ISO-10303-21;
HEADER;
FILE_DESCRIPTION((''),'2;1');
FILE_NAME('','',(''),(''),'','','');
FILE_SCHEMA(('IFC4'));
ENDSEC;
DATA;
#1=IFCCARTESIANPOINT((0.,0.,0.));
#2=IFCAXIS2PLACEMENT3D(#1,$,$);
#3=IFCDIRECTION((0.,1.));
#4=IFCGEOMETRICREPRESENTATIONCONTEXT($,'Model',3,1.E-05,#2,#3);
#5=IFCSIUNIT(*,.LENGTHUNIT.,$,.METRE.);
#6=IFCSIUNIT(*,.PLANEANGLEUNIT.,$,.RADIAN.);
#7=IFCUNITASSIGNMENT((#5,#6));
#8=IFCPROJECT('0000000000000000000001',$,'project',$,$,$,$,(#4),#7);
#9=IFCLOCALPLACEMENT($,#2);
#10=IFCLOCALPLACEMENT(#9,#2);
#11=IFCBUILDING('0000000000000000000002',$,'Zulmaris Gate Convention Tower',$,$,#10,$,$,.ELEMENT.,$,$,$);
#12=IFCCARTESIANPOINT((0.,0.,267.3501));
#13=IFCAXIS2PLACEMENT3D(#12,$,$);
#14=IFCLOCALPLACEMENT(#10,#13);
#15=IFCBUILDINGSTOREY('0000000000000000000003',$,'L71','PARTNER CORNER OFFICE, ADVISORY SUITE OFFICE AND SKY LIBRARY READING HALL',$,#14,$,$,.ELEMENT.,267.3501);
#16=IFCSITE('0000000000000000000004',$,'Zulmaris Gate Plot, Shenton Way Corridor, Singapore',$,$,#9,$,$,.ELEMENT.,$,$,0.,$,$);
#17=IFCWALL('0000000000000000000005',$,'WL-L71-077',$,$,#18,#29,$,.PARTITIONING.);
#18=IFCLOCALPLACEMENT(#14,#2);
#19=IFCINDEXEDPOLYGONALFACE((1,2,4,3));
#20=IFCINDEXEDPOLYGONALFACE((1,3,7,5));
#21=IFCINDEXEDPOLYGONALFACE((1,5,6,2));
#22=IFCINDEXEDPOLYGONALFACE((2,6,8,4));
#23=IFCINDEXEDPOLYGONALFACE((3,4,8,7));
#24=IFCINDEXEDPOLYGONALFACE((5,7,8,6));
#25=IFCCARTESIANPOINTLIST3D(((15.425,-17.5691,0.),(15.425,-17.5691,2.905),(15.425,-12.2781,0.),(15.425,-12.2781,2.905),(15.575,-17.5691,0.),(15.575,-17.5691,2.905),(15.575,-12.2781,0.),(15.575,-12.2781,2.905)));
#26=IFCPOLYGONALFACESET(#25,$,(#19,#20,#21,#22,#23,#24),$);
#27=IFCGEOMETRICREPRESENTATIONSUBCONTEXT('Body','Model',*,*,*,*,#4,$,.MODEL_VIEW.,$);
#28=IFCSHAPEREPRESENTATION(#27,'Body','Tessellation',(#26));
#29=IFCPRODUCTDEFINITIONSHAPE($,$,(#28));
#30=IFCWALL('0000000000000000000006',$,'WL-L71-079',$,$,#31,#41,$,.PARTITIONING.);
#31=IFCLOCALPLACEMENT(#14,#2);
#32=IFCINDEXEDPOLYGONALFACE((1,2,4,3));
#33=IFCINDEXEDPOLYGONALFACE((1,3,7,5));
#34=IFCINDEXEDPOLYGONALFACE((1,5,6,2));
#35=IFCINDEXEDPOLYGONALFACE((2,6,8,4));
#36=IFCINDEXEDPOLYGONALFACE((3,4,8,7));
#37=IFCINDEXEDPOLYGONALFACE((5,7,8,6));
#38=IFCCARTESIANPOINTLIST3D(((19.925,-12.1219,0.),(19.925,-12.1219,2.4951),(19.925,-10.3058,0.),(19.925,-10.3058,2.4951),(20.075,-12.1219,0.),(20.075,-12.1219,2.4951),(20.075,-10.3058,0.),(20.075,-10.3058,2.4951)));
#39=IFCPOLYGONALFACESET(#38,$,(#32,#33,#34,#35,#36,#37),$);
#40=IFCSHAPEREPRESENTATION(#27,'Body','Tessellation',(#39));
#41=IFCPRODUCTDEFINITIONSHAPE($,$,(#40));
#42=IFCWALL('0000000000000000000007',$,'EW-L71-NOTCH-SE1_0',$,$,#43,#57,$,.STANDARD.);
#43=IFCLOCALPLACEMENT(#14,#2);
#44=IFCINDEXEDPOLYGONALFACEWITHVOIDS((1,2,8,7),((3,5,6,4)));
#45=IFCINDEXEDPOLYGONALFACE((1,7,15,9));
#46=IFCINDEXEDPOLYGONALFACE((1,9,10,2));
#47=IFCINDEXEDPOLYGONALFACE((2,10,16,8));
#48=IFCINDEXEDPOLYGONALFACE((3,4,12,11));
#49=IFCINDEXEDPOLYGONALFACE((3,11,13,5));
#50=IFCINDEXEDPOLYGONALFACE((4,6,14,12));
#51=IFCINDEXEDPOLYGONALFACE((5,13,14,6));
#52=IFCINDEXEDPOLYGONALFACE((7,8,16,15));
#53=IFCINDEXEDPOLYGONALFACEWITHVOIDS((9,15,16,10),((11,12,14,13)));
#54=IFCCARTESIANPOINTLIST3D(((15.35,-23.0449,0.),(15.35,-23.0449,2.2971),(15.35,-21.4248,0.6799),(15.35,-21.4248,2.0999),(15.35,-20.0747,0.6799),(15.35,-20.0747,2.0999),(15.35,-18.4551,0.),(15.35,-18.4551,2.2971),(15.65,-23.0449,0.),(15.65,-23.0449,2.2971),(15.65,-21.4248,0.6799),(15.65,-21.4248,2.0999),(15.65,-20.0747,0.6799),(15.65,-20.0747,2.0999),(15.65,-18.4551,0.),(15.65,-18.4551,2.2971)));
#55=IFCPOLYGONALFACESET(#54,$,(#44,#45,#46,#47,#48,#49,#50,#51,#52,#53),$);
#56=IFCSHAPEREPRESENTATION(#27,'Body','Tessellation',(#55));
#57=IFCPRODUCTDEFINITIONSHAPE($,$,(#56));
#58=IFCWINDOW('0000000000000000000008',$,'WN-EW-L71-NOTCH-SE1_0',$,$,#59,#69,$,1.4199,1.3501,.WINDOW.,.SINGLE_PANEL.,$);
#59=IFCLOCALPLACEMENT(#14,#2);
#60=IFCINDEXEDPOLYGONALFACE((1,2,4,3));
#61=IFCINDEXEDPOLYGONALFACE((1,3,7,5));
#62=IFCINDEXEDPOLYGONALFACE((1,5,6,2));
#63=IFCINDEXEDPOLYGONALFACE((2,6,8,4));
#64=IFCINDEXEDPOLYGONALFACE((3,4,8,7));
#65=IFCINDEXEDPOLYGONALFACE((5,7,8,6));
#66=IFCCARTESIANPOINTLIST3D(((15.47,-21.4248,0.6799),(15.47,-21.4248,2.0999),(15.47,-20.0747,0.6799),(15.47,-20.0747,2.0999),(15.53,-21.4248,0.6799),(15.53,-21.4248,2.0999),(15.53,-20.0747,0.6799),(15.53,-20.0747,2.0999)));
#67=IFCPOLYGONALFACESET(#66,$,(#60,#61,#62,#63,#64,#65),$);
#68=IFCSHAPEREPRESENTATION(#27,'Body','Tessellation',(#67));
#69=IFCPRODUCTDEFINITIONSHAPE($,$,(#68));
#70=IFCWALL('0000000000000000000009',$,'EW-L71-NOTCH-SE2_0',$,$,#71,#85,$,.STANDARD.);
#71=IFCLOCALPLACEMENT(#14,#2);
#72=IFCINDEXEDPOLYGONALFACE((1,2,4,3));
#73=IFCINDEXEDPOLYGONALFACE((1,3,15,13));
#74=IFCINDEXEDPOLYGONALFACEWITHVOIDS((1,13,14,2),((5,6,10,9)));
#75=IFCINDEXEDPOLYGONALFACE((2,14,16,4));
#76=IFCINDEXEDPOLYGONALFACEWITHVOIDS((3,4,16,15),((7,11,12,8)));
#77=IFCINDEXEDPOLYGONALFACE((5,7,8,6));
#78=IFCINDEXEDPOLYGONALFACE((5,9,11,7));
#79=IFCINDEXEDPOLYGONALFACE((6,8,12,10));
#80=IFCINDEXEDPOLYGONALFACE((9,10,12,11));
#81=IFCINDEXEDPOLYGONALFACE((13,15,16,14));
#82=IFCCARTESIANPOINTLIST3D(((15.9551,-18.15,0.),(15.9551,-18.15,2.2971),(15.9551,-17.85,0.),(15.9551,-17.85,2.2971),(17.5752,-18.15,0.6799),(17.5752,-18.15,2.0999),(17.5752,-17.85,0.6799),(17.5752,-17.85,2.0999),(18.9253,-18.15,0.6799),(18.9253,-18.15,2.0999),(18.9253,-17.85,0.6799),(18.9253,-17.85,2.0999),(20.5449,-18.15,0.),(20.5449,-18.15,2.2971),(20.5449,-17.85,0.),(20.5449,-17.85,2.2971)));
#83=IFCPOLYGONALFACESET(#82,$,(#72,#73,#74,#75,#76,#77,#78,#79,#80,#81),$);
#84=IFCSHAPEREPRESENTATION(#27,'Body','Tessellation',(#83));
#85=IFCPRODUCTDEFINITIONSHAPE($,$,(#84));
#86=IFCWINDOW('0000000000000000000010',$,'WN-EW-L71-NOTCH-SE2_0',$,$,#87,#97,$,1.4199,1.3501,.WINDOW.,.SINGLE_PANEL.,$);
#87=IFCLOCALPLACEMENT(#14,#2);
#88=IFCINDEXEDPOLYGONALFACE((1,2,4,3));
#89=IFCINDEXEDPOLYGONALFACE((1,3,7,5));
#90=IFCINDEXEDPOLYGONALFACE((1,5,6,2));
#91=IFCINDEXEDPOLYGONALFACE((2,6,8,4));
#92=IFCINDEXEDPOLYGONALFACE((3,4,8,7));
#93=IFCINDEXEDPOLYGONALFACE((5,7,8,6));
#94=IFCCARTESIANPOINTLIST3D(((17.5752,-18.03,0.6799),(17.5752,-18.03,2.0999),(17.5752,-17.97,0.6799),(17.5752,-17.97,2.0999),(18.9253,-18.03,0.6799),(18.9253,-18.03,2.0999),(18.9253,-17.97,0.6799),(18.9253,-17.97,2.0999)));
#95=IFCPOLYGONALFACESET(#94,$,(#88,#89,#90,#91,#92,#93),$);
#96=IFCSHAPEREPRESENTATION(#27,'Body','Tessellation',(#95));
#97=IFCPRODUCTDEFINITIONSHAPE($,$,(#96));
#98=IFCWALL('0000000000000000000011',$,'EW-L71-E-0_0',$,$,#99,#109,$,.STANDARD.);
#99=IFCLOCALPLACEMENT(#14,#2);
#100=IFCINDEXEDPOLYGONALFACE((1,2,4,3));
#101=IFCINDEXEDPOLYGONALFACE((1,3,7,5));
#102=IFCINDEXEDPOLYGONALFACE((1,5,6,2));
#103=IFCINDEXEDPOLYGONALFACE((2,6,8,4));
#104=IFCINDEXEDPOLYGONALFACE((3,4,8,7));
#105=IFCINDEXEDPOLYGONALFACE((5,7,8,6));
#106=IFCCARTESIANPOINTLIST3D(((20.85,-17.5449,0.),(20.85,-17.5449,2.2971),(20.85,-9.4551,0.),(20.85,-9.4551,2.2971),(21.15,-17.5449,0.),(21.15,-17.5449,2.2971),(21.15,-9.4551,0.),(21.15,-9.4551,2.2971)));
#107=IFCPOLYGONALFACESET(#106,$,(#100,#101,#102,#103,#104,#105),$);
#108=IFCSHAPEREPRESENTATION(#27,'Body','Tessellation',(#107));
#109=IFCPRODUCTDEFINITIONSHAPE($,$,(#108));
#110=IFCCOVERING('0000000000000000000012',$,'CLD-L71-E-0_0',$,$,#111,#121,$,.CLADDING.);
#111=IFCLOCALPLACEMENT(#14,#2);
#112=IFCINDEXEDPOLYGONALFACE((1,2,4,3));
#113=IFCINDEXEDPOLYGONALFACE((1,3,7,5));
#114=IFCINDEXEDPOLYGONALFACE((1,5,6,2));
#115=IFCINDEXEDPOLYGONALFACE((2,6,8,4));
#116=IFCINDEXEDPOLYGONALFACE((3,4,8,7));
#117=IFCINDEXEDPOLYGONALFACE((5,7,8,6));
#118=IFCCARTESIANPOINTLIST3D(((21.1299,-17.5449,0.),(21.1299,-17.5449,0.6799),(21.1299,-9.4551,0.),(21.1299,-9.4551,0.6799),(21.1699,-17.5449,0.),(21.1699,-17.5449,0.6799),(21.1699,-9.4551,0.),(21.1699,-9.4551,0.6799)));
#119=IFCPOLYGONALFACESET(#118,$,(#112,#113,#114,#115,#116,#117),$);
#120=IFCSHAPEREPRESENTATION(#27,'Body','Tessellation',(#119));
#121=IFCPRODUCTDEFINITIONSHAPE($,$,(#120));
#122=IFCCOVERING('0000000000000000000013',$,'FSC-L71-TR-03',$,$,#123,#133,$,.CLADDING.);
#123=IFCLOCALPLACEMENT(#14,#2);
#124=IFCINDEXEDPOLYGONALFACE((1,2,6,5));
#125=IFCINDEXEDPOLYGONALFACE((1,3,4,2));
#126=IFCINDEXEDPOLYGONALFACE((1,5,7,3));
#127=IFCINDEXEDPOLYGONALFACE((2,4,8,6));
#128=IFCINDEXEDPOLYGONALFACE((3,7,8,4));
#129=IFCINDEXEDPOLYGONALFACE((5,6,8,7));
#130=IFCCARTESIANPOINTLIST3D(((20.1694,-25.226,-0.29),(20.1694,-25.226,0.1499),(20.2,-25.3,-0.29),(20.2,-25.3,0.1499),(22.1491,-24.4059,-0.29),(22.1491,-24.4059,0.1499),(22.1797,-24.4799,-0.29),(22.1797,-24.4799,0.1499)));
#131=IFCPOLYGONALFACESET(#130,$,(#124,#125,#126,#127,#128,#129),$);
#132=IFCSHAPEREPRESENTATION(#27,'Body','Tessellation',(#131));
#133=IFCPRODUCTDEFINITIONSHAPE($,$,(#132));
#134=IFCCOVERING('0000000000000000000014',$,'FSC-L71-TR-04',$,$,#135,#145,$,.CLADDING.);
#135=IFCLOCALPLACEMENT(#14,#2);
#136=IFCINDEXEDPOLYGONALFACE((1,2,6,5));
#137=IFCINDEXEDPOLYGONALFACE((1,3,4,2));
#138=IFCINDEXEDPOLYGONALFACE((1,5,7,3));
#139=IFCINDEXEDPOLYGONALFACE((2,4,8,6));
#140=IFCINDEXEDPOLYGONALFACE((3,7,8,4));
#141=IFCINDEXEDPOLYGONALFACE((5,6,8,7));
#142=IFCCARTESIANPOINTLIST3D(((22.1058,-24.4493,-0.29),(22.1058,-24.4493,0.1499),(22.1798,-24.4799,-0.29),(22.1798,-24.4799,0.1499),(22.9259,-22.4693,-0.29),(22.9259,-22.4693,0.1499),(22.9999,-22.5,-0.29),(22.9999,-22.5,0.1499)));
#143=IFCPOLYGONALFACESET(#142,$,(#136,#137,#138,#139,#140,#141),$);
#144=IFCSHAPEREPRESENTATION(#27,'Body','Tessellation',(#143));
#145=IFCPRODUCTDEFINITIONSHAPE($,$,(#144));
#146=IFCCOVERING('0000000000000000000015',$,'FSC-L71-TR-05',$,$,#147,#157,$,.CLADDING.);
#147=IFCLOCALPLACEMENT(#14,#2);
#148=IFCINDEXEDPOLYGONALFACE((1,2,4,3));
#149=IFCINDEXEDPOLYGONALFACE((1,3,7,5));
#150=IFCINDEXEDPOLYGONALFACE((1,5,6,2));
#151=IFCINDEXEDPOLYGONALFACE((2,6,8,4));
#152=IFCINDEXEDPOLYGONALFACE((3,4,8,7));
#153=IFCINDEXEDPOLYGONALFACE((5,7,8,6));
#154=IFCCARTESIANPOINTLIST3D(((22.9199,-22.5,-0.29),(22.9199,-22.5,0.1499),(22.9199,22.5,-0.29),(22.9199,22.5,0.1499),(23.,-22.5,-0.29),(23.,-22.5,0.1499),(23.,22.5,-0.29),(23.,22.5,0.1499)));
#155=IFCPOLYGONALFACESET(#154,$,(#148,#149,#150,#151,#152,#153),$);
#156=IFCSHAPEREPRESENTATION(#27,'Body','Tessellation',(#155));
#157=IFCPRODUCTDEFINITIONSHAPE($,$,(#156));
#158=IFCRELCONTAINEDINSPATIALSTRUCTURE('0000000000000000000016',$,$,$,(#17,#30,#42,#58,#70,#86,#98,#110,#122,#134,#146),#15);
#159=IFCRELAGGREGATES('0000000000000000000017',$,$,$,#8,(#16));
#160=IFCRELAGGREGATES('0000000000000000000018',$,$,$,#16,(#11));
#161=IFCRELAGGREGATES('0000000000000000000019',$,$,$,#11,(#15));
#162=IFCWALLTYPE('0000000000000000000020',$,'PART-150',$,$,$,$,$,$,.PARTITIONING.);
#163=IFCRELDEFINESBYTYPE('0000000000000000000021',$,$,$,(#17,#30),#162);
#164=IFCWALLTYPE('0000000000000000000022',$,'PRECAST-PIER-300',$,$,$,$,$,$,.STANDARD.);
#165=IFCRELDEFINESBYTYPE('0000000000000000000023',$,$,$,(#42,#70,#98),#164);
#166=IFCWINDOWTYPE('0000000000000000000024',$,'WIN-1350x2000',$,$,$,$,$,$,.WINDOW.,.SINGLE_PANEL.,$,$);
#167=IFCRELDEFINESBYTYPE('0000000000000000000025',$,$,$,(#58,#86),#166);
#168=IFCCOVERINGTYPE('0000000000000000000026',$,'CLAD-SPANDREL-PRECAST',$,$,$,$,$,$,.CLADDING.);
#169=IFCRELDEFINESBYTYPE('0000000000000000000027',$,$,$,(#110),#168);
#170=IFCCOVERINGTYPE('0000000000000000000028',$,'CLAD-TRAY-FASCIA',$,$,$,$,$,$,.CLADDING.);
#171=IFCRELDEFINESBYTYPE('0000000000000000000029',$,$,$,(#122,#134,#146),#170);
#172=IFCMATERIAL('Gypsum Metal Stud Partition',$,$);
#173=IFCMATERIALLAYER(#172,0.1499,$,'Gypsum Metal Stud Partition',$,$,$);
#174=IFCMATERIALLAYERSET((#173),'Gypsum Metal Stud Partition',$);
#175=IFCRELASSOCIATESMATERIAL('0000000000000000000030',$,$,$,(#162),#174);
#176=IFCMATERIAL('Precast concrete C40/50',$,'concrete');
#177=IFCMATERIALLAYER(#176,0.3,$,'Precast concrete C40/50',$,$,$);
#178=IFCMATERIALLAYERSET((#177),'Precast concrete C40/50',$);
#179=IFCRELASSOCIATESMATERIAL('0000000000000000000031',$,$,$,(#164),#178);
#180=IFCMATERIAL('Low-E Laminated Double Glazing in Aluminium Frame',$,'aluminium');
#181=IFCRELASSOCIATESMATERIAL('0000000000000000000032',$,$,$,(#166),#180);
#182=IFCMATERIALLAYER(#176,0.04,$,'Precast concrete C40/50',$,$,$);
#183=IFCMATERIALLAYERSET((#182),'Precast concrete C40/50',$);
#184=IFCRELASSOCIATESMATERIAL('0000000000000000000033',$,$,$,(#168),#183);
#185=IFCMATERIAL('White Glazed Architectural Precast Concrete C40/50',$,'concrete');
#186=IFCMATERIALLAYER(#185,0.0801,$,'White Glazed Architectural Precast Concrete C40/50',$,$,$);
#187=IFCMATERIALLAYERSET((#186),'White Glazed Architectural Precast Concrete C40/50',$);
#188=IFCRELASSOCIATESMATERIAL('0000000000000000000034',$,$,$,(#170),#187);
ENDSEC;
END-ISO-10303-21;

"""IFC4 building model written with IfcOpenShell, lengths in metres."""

from ifc_helpers import new_model, si_unit, direction, frame, frame_2d, origin, place, context, subcontext, project, spatial, rectangle, extrude, material, layer, layer_set, type_object, element, fill, save


model = new_model("IFC4")

# Units and contexts
model_context = context("Model", 3, precision=1e-05, world=origin(), true_north=direction((0.0, 1.0)))
body_context = subcontext(model_context, "Body", "Model", "MODEL_VIEW")
ifc_project = project(units=[si_unit("LENGTHUNIT", "METRE"), si_unit("PLANEANGLEUNIT", "RADIAN")], contexts=[model_context])

# Site, building, storey
site_placement = place(None, origin())
site = spatial("IfcSite", under=ifc_project, at=site_placement, Name="Zulmaris Gate Plot, Shenton Way Corridor, Singapore", CompositionType="ELEMENT", RefElevation=0.0)
building_placement = place(site_placement, origin())
building = spatial("IfcBuilding", under=site, at=building_placement, Name="Zulmaris Gate Convention Tower", CompositionType="ELEMENT")
storey_placement = place(building_placement, frame((0.0, 0.0, 267.3501)))
storey = spatial("IfcBuildingStorey", under=building, at=storey_placement, Name="L71", Description="PARTNER CORNER OFFICE, ADVISORY SUITE OFFICE AND SKY LIBRARY READING HALL", CompositionType="ELEMENT", Elevation=267.3501)

# Walls
ifc_material_1 = material(Name="Gypsum Metal Stud Partition")
ifc_layer_1 = layer(ifc_material_1, 0.1499, Name="Gypsum Metal Stud Partition")
ifc_layer_set_1 = layer_set([ifc_layer_1], Name="Gypsum Metal Stud Partition")
wall_type_1 = type_object("IfcWallType", Name="PART-150", PredefinedType="PARTITIONING", material=ifc_layer_set_1)
wall_1_placement = place(storey_placement, frame((15.5, -17.5691, 0.0), z_axis=(0.0, 0.0, 1.0), x_axis=(0.0, 1.0, 0.0)))
element("IfcWall", 1, at=wall_1_placement, inside=storey, type_object=wall_type_1, Name="WL-L71-077", PredefinedType="PARTITIONING", context=body_context, shape_type="SweptSolid", body=[
    extrude(rectangle(XDim=5.291, YDim=0.1499, at=frame_2d((2.6455, 0.0))), origin(), (0.0, 0.0, 1.0), 2.905),
])
wall_2_placement = place(storey_placement, frame((20.0, -12.1221, 0.0), z_axis=(0.0, 0.0, 1.0), x_axis=(0.0, 1.0, 0.0)))
element("IfcWall", 2, at=wall_2_placement, inside=storey, type_object=wall_type_1, Name="WL-L71-079", PredefinedType="PARTITIONING", context=body_context, shape_type="SweptSolid", body=[
    extrude(rectangle(XDim=1.8162, YDim=0.1499, at=frame_2d((0.9082, 0.0))), origin(), (0.0, 0.0, 1.0), 2.4951),
])

# Walls, openings, windows
ifc_material_2 = material(Name="Precast concrete C40/50", Category="concrete")
ifc_layer_2 = layer(ifc_material_2, 0.3, Name="Precast concrete C40/50")
ifc_layer_set_2 = layer_set([ifc_layer_2], Name="Precast concrete C40/50")
wall_type_2 = type_object("IfcWallType", Name="PRECAST-PIER-300", PredefinedType="STANDARD", material=ifc_layer_set_2)
wall_3_placement = place(storey_placement, frame((15.5, -23.0449, 0.0), z_axis=(0.0, 0.0, 1.0), x_axis=(0.0, 1.0, 0.0)))
wall_3 = element("IfcWall", 3, at=wall_3_placement, inside=storey, type_object=wall_type_2, Name="EW-L71-NOTCH-SE1_0", PredefinedType="STANDARD", context=body_context, shape_type="SweptSolid", body=[
    extrude(rectangle(XDim=4.5898, YDim=0.3, at=frame_2d((2.2949, 0.0))), origin(), (0.0, 0.0, 1.0), 2.2971),
])
opening_1_placement = place(wall_3_placement, frame((1.6201, 0.0, 0.6799)))
opening_1 = element("IfcOpeningElement", 4, at=opening_1_placement, cuts=wall_3, PredefinedType="OPENING", context=body_context, shape_type="SweptSolid", body=[
    extrude(rectangle(XDim=1.3501, YDim=1.4199, at=frame_2d((0.675, 0.71))), frame((0.0, 0.1602, 0.0), z_axis=(0.0, -1.0, 0.0), x_axis=(1.0, 0.0, 0.0)), (0.0, 0.0, 1.0), 0.3201),
])
ifc_material_3 = material(Name="Low-E Laminated Double Glazing in Aluminium Frame", Category="aluminium")
window_type = type_object("IfcWindowType", Name="WIN-1350x2000", PartitioningType="SINGLE_PANEL", PredefinedType="WINDOW", material=ifc_material_3)
window_1_placement = place(opening_1_placement, origin())
window_1 = element("IfcWindow", 5, at=window_1_placement, inside=storey, type_object=window_type, Name="WN-EW-L71-NOTCH-SE1_0", OverallHeight=1.4199, OverallWidth=1.3501, PartitioningType="SINGLE_PANEL", PredefinedType="WINDOW", context=body_context, shape_type="SweptSolid", body=[
    extrude(rectangle(XDim=1.3501, YDim=1.4199, at=frame_2d((0.675, 0.71))), frame((0.0, 0.03, 0.0), z_axis=(0.0, -1.0, 0.0), x_axis=(1.0, 0.0, 0.0)), (0.0, 0.0, 1.0), 0.0601),
])
fill(opening_1, window_1)
wall_4_placement = place(storey_placement, frame((15.9551, -18.0, 0.0), z_axis=(0.0, 0.0, 1.0), x_axis=(1.0, 0.0, 0.0)))
wall_4 = element("IfcWall", 6, at=wall_4_placement, inside=storey, type_object=wall_type_2, Name="EW-L71-NOTCH-SE2_0", PredefinedType="STANDARD", context=body_context, shape_type="SweptSolid", body=[
    extrude(rectangle(XDim=4.5898, YDim=0.3, at=frame_2d((2.2949, 0.0))), origin(), (0.0, 0.0, 1.0), 2.2971),
])
opening_2_placement = place(wall_4_placement, frame((1.6201, 0.0, 0.6799)))
opening_2 = element("IfcOpeningElement", 7, at=opening_2_placement, cuts=wall_4, PredefinedType="OPENING", context=body_context, shape_type="SweptSolid", body=[
    extrude(rectangle(XDim=1.3501, YDim=1.4199, at=frame_2d((0.675, 0.71))), frame((0.0, 0.1602, 0.0), z_axis=(0.0, -1.0, 0.0), x_axis=(1.0, 0.0, 0.0)), (0.0, 0.0, 1.0), 0.3201),
])
window_2_placement = place(opening_2_placement, origin())
window_2 = element("IfcWindow", 8, at=window_2_placement, inside=storey, type_object=window_type, Name="WN-EW-L71-NOTCH-SE2_0", OverallHeight=1.4199, OverallWidth=1.3501, PartitioningType="SINGLE_PANEL", PredefinedType="WINDOW", context=body_context, shape_type="SweptSolid", body=[
    extrude(rectangle(XDim=1.3501, YDim=1.4199, at=frame_2d((0.675, 0.71))), frame((0.0, 0.03, 0.0), z_axis=(0.0, -1.0, 0.0), x_axis=(1.0, 0.0, 0.0)), (0.0, 0.0, 1.0), 0.0601),
])
fill(opening_2, window_2)

# Wall
wall_5_placement = place(storey_placement, frame((21.0, -17.5449, 0.0), z_axis=(0.0, 0.0, 1.0), x_axis=(0.0, 1.0, 0.0)))
element("IfcWall", 9, at=wall_5_placement, inside=storey, type_object=wall_type_2, Name="EW-L71-E-0_0", PredefinedType="STANDARD", context=body_context, shape_type="SweptSolid", body=[
    extrude(rectangle(XDim=8.0898, YDim=0.3, at=frame_2d((4.0449, 0.0))), origin(), (0.0, 0.0, 1.0), 2.2971),
])

# Coverings
ifc_layer_3 = layer(ifc_material_2, 0.04, Name="Precast concrete C40/50")
ifc_layer_set_3 = layer_set([ifc_layer_3], Name="Precast concrete C40/50")
covering_type_1 = type_object("IfcCoveringType", Name="CLAD-SPANDREL-PRECAST", PredefinedType="CLADDING", material=ifc_layer_set_3)
covering_1_placement = place(storey_placement, frame((21.1499, -17.5449, 0.0), z_axis=(0.0, 0.0, 1.0), x_axis=(0.0, 1.0, 0.0)))
element("IfcCovering", 10, at=covering_1_placement, inside=storey, type_object=covering_type_1, Name="CLD-L71-E-0_0", PredefinedType="CLADDING", context=body_context, shape_type="SweptSolid", body=[
    extrude(rectangle(XDim=8.0898, YDim=0.04, at=frame_2d((4.0449, 0.0))), origin(), (0.0, 0.0, 1.0), 0.6799),
])
ifc_material_4 = material(Name="White Glazed Architectural Precast Concrete C40/50", Category="concrete")
ifc_layer_4 = layer(ifc_material_4, 0.0801, Name="White Glazed Architectural Precast Concrete C40/50")
ifc_layer_set_4 = layer_set([ifc_layer_4], Name="White Glazed Architectural Precast Concrete C40/50")
covering_type_2 = type_object("IfcCoveringType", Name="CLAD-TRAY-FASCIA", PredefinedType="CLADDING", material=ifc_layer_set_4)
covering_2_placement = place(storey_placement, frame((20.1848, -25.2629, -0.29), z_axis=(0.0, 0.0, 1.0), x_axis=(0.923874, 0.382697, 0.0)))
element("IfcCovering", 11, at=covering_2_placement, inside=storey, type_object=covering_type_2, Name="FSC-L71-TR-03", PredefinedType="CLADDING", context=body_context, shape_type="SweptSolid", body=[
    extrude(rectangle(XDim=2.1428, YDim=0.0801, at=frame_2d((1.0713, 0.0))), origin(), (0.0, 0.0, 1.0), 0.4399),
])
covering_3_placement = place(storey_placement, frame((22.1428, -24.4646, -0.29), z_axis=(0.0, 0.0, 1.0), x_axis=(0.382657, 0.92389, 0.0)))
element("IfcCovering", 12, at=covering_3_placement, inside=storey, type_object=covering_type_2, Name="FSC-L71-TR-04", PredefinedType="CLADDING", context=body_context, shape_type="SweptSolid", body=[
    extrude(rectangle(XDim=2.1431, YDim=0.0801, at=frame_2d((1.0715, 0.0))), origin(), (0.0, 0.0, 1.0), 0.4399),
])
covering_4_placement = place(storey_placement, frame((22.96, -22.5, -0.29), z_axis=(0.0, 0.0, 1.0), x_axis=(0.0, 1.0, 0.0)))
element("IfcCovering", 13, at=covering_4_placement, inside=storey, type_object=covering_type_2, Name="FSC-L71-TR-05", PredefinedType="CLADDING", context=body_context, shape_type="SweptSolid", body=[
    extrude(rectangle(XDim=45.0, YDim=0.0801, at=frame_2d((22.5, 0.0))), origin(), (0.0, 0.0, 1.0), 0.4399),
])

save(model, "model.ifc")
